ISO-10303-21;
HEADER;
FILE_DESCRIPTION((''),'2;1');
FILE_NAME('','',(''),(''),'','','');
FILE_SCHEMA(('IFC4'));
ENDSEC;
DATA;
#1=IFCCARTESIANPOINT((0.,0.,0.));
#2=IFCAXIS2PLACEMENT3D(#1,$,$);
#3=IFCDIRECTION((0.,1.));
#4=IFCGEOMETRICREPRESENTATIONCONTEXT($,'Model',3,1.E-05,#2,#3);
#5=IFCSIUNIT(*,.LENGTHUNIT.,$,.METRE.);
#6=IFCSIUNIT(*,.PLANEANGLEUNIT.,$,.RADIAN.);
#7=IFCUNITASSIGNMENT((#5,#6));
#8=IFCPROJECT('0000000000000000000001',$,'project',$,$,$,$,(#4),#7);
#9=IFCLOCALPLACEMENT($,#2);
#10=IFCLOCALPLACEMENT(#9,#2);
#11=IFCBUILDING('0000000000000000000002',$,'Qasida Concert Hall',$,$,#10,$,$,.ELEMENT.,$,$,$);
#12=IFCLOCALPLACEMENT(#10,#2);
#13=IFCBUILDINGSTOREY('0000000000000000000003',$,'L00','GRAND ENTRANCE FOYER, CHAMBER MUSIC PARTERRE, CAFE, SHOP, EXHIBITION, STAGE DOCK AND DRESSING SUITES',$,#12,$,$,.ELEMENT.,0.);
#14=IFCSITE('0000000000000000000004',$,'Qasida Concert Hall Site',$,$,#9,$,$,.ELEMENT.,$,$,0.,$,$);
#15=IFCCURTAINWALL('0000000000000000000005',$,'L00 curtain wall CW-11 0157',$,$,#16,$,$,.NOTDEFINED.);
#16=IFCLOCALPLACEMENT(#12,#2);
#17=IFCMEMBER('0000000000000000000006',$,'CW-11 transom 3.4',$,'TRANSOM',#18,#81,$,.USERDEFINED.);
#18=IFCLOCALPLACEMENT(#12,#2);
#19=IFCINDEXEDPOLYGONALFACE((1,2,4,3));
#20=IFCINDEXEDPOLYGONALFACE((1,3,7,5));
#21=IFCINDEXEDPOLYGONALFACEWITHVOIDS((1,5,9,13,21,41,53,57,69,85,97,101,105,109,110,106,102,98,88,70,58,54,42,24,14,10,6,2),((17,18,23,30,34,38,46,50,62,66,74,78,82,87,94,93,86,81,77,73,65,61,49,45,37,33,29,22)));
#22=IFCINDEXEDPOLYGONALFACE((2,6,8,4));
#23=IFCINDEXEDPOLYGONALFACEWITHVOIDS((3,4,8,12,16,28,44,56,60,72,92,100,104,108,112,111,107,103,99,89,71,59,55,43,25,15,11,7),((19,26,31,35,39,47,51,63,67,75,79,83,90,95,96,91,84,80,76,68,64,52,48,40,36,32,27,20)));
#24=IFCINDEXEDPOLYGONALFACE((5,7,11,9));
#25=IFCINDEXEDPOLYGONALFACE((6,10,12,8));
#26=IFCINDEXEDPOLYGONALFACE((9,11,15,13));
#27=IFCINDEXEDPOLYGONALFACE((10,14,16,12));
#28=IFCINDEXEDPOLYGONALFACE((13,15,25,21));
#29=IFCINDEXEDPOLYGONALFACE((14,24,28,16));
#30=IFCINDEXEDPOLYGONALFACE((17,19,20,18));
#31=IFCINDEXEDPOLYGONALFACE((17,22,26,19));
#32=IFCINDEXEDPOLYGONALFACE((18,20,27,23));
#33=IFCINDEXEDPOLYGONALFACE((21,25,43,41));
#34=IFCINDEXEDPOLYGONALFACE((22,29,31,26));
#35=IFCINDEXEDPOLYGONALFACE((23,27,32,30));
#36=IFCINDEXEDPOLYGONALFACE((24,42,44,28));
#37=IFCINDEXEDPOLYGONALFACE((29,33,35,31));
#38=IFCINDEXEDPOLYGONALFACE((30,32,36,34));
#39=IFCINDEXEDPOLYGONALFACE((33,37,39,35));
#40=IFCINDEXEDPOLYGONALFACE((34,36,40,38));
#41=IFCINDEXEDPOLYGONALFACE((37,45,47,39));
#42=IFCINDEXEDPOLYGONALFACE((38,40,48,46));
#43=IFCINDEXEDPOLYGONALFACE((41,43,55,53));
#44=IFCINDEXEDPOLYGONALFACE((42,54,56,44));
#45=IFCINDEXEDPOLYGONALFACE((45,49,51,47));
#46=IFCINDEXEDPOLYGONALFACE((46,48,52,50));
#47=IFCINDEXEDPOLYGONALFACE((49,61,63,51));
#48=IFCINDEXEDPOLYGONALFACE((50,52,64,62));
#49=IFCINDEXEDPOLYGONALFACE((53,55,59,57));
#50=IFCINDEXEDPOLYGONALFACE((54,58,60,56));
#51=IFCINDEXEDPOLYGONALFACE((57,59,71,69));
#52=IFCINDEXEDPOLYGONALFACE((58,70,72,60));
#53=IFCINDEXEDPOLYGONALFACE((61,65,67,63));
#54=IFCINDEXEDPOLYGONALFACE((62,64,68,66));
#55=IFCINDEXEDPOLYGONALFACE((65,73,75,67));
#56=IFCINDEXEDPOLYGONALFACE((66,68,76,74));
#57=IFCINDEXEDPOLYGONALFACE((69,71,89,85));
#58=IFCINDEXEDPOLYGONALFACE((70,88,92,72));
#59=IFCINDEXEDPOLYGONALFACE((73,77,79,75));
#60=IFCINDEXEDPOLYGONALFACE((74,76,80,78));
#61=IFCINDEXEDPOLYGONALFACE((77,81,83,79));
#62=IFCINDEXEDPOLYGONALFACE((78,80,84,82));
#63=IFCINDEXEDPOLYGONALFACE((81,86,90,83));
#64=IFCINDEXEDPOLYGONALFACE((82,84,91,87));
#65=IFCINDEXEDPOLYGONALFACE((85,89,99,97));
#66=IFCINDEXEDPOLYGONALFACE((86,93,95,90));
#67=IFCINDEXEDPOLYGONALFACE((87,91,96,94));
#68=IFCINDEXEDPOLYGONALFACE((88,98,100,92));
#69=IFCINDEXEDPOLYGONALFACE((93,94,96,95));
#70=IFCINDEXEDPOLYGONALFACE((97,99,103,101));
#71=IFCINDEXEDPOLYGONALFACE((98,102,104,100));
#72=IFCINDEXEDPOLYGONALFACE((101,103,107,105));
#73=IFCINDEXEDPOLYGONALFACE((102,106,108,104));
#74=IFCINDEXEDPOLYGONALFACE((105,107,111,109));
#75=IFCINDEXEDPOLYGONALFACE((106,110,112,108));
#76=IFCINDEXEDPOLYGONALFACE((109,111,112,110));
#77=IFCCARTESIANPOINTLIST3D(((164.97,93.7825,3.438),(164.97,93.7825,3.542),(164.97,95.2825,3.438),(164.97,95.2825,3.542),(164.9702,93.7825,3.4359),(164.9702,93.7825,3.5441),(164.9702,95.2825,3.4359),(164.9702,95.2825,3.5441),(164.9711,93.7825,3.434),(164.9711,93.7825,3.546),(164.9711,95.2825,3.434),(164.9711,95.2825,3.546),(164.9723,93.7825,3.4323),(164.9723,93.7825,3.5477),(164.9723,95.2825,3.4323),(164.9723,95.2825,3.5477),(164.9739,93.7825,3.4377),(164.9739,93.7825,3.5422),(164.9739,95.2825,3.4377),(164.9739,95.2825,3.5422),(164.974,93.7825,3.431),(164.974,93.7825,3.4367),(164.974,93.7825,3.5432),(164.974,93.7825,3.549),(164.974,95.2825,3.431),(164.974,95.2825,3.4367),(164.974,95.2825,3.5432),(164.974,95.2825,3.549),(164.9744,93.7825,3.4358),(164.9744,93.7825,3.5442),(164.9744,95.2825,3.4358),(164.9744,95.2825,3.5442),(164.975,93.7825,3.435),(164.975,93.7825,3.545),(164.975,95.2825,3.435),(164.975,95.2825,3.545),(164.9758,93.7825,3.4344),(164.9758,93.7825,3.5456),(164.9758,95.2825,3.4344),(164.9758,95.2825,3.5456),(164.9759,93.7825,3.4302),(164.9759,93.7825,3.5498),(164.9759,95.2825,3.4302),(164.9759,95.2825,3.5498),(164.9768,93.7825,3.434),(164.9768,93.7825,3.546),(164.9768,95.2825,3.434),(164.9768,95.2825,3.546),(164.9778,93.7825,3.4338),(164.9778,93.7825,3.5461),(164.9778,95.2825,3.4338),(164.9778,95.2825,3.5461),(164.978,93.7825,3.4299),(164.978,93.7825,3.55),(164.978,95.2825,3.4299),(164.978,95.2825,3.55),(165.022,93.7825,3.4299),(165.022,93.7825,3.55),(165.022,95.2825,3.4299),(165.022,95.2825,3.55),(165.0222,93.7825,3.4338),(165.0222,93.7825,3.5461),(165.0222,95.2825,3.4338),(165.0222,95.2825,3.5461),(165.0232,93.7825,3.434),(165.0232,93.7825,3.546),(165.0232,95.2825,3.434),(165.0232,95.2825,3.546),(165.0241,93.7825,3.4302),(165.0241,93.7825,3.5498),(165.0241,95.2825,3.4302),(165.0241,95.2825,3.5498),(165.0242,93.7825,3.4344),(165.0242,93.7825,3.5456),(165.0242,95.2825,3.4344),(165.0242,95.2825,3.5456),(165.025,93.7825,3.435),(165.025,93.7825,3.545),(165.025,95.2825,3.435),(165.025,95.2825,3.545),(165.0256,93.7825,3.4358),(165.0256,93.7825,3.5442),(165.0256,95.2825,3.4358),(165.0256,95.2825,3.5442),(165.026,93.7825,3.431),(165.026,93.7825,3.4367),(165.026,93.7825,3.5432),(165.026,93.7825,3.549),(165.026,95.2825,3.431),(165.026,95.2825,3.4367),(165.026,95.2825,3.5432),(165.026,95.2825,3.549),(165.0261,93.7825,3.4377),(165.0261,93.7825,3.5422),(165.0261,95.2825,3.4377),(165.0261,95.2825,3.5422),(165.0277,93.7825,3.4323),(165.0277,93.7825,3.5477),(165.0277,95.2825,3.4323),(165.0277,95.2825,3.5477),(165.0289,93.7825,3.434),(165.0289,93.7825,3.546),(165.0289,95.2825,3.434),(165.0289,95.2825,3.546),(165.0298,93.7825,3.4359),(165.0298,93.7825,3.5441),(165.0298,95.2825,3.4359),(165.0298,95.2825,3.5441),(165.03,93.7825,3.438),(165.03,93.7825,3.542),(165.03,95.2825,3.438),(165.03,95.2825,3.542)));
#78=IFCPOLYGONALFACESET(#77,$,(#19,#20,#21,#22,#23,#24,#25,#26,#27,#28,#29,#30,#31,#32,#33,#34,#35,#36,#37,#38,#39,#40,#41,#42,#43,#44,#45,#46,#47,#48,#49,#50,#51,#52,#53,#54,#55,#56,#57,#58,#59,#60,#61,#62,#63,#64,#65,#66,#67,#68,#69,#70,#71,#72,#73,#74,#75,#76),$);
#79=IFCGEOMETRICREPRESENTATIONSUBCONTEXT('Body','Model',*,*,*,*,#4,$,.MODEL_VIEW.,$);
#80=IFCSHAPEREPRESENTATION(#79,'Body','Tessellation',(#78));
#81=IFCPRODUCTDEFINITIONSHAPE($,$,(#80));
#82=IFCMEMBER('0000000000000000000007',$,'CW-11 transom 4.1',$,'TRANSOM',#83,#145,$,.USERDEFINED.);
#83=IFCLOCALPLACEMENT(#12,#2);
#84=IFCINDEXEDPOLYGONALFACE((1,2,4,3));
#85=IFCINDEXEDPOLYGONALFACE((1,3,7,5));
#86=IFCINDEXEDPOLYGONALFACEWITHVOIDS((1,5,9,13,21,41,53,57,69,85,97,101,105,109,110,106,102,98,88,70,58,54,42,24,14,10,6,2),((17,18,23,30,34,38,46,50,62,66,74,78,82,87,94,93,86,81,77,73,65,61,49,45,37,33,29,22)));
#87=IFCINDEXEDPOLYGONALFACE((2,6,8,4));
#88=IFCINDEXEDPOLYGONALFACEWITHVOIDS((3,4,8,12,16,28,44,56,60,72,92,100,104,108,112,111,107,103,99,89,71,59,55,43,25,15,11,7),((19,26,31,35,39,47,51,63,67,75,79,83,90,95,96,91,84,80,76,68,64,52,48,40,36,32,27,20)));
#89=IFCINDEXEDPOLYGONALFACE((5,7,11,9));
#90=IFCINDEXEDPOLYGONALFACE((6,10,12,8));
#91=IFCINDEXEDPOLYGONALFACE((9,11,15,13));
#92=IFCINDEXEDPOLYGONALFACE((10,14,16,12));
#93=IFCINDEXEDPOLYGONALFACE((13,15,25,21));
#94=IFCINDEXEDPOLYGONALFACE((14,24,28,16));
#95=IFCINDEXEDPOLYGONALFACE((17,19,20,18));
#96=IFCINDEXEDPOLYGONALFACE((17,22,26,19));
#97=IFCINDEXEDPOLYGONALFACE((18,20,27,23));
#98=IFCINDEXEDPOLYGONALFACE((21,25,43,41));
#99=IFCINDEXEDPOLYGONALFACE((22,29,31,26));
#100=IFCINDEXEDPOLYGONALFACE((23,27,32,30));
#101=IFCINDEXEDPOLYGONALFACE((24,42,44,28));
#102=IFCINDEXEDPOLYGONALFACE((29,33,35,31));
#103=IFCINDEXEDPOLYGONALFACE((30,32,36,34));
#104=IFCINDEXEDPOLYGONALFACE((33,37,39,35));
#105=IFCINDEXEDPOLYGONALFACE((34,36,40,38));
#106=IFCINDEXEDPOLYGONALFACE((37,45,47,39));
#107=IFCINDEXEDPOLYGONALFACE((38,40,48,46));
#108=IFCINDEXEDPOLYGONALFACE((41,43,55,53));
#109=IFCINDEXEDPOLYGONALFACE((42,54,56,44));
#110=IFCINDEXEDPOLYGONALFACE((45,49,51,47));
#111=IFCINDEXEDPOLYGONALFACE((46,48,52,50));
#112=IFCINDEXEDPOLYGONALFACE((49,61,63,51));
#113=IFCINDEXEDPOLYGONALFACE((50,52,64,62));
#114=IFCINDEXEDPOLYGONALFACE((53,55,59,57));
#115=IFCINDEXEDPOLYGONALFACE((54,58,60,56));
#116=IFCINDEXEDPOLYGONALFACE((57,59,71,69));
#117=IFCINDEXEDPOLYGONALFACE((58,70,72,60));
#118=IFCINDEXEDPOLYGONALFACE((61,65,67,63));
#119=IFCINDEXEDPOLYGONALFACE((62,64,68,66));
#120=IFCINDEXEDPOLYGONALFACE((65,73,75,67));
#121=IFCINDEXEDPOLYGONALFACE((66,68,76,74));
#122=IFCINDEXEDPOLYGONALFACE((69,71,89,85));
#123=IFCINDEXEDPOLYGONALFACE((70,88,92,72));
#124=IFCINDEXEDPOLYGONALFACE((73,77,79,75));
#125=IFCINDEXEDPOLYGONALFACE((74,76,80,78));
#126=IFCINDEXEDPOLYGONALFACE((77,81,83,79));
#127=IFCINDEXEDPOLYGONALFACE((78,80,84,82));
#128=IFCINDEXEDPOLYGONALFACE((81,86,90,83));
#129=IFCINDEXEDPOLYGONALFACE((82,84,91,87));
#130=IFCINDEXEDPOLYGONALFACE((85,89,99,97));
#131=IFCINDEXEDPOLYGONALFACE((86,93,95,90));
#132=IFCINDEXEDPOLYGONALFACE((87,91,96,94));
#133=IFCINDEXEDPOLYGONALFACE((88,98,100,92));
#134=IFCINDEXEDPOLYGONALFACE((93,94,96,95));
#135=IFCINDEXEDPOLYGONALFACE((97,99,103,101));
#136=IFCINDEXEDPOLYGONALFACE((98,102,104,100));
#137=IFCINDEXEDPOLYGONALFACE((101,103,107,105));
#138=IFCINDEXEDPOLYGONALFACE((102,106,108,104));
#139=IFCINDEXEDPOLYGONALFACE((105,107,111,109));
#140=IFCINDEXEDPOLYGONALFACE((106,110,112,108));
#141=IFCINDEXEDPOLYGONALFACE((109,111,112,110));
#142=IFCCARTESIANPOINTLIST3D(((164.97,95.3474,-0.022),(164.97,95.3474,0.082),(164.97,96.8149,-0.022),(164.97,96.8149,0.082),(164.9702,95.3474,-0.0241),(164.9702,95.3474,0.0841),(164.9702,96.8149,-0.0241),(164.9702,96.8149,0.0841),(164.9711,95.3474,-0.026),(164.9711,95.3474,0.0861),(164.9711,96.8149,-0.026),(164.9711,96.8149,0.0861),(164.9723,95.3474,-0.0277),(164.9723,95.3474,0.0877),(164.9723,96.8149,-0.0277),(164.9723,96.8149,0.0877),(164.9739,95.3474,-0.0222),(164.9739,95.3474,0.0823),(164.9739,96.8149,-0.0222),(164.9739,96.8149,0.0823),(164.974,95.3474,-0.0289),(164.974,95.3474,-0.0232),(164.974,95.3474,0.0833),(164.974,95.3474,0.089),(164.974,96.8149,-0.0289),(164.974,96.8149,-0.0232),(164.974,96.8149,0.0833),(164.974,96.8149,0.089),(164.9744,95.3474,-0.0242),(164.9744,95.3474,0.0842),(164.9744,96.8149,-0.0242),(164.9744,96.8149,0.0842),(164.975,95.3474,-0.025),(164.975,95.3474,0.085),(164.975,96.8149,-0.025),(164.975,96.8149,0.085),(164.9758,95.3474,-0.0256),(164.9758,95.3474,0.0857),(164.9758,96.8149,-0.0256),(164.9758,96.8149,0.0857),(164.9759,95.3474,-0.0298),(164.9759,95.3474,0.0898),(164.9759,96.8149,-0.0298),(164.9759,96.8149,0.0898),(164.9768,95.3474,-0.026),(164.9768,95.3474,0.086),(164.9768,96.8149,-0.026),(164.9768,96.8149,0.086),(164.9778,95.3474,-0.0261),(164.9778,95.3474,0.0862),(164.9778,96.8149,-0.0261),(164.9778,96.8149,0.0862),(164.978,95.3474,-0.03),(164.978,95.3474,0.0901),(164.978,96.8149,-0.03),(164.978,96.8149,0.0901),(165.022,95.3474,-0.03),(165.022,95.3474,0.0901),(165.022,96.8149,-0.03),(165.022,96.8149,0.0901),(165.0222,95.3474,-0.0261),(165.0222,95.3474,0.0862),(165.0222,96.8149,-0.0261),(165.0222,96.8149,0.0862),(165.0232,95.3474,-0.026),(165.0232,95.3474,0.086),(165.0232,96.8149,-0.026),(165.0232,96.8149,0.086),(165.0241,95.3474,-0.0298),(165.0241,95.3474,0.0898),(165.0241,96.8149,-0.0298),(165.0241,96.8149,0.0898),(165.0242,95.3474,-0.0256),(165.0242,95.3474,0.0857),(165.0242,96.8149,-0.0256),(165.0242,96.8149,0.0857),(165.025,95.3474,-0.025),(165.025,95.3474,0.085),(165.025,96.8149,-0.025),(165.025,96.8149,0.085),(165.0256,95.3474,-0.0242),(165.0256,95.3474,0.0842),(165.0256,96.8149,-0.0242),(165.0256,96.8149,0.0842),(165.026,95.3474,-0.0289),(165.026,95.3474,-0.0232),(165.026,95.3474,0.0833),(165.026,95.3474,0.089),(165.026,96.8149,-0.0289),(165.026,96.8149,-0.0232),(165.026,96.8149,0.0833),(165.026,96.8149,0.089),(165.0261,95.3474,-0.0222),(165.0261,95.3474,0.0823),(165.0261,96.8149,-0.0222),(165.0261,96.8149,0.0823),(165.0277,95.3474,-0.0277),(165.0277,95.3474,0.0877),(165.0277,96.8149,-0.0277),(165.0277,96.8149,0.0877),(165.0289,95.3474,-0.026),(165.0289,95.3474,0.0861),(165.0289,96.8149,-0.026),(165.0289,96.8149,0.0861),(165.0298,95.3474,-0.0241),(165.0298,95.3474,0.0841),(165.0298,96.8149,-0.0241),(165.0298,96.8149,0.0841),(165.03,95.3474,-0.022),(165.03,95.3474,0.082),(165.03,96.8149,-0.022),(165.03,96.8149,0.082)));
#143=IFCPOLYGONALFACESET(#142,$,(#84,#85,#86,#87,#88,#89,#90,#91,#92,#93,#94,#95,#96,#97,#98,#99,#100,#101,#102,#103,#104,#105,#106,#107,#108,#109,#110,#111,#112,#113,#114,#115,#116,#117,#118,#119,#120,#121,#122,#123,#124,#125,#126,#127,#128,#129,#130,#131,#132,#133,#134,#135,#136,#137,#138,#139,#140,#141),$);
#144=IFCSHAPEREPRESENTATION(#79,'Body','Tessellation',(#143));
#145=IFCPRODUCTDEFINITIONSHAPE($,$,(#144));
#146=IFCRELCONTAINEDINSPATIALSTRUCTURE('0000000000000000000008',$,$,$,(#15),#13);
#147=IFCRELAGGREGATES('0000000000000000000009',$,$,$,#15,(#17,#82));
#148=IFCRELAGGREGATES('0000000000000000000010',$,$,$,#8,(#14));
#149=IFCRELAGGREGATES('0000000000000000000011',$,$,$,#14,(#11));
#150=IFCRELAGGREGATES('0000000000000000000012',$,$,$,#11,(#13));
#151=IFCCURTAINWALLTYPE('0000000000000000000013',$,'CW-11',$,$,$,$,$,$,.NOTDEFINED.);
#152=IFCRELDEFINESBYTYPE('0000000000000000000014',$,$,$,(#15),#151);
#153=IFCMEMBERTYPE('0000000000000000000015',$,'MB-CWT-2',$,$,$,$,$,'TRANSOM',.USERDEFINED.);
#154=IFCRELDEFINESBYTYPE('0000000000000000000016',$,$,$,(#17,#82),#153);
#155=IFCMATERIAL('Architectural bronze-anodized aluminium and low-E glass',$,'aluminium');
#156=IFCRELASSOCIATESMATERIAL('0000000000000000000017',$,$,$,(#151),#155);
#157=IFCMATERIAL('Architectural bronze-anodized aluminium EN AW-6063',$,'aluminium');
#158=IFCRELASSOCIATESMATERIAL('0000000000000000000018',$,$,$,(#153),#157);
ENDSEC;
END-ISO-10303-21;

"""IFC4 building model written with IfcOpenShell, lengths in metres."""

from ifc_helpers import new_model, si_unit, direction, frame, origin, origin_2d, place, context, subcontext, project, spatial, hollow_rectangle, extrude, material, material_profile, profile_set, type_object, element, aggregate, save


model = new_model("IFC4")

# Units and contexts
model_context = context("Model", 3, precision=1e-05, world=origin(), true_north=direction((0.0, 1.0)))
body_context = subcontext(model_context, "Body", "Model", "MODEL_VIEW")
ifc_project = project(units=[si_unit("LENGTHUNIT", "METRE"), si_unit("PLANEANGLEUNIT", "RADIAN")], contexts=[model_context])

# Site, building, storey
site_placement = place(None, origin())
site = spatial("IfcSite", under=ifc_project, at=site_placement, Name="Qasida Concert Hall Site", CompositionType="ELEMENT", RefElevation=0.0)
building_placement = place(site_placement, origin())
building = spatial("IfcBuilding", under=site, at=building_placement, Name="Qasida Concert Hall", CompositionType="ELEMENT")
storey_placement = place(building_placement, origin())
storey = spatial("IfcBuildingStorey", under=building, at=storey_placement, Name="L00", Description="GRAND ENTRANCE FOYER, CHAMBER MUSIC PARTERRE, CAFE, SHOP, EXHIBITION, STAGE DOCK AND DRESSING SUITES", CompositionType="ELEMENT", Elevation=0.0)

# Curtain wall, members
ifc_material_1 = material(Name="Architectural bronze-anodized aluminium and low-E glass", Category="aluminium")
curtain_wall_type = type_object("IfcCurtainWallType", Name="CW-11", PredefinedType="NOTDEFINED", material=ifc_material_1)
curtain_wall_placement = place(storey_placement, origin())
curtain_wall = element("IfcCurtainWall", 1, at=curtain_wall_placement, inside=storey, type_object=curtain_wall_type, Name="L00 curtain wall CW-11 0157", PredefinedType="NOTDEFINED")
ifc_material_2 = material(Name="Architectural bronze-anodized aluminium EN AW-6063", Category="aluminium")
ifc_material_profile_1 = material_profile(ifc_material_2, hollow_rectangle(XDim=0.0601, YDim=0.1201, WallThickness=0.0039, InnerFilletRadius=0.0039, OuterFilletRadius=0.0081, at=origin_2d()), Name="CWT 120x60x4")
ifc_profile_set_1 = profile_set([ifc_material_profile_1], Name="Architectural bronze-anodized aluminium EN AW-6063")
member_type_1 = type_object("IfcMemberType", Name="MB-CWT-2", ElementType="TRANSOM", PredefinedType="USERDEFINED", material=ifc_profile_set_1)
member_1_placement = place(storey_placement, frame((165.0, 93.7825, 3.49), z_axis=(0.0, 1.0, 0.0), x_axis=(-1.0, 0.0, 0.0)))
member_1 = element("IfcMember", 2, at=member_1_placement, type_object=member_type_1, Name="CW-11 transom 3.4", ObjectType="TRANSOM", PredefinedType="USERDEFINED", context=body_context, shape_type="SweptSolid", body=[
    extrude(hollow_rectangle(XDim=0.0601, YDim=0.1201, WallThickness=0.0039, InnerFilletRadius=0.0039, OuterFilletRadius=0.0081, at=origin_2d()), origin(), (0.0, 0.0, 1.0), 1.5),
])
member_2_placement = place(storey_placement, frame((165.0, 95.3474, 0.03), z_axis=(0.0, 1.0, 0.0), x_axis=(-1.0, 0.0, 0.0)))
member_2 = element("IfcMember", 3, at=member_2_placement, type_object=member_type_1, Name="CW-11 transom 4.1", ObjectType="TRANSOM", PredefinedType="USERDEFINED", context=body_context, shape_type="SweptSolid", body=[
    extrude(hollow_rectangle(XDim=0.0601, YDim=0.1201, WallThickness=0.0039, InnerFilletRadius=0.0039, OuterFilletRadius=0.0081, at=origin_2d()), origin(), (0.0, 0.0, 1.0), 1.4675),
])
aggregate(curtain_wall, [member_1, member_2])

save(model, "model.ifc")
